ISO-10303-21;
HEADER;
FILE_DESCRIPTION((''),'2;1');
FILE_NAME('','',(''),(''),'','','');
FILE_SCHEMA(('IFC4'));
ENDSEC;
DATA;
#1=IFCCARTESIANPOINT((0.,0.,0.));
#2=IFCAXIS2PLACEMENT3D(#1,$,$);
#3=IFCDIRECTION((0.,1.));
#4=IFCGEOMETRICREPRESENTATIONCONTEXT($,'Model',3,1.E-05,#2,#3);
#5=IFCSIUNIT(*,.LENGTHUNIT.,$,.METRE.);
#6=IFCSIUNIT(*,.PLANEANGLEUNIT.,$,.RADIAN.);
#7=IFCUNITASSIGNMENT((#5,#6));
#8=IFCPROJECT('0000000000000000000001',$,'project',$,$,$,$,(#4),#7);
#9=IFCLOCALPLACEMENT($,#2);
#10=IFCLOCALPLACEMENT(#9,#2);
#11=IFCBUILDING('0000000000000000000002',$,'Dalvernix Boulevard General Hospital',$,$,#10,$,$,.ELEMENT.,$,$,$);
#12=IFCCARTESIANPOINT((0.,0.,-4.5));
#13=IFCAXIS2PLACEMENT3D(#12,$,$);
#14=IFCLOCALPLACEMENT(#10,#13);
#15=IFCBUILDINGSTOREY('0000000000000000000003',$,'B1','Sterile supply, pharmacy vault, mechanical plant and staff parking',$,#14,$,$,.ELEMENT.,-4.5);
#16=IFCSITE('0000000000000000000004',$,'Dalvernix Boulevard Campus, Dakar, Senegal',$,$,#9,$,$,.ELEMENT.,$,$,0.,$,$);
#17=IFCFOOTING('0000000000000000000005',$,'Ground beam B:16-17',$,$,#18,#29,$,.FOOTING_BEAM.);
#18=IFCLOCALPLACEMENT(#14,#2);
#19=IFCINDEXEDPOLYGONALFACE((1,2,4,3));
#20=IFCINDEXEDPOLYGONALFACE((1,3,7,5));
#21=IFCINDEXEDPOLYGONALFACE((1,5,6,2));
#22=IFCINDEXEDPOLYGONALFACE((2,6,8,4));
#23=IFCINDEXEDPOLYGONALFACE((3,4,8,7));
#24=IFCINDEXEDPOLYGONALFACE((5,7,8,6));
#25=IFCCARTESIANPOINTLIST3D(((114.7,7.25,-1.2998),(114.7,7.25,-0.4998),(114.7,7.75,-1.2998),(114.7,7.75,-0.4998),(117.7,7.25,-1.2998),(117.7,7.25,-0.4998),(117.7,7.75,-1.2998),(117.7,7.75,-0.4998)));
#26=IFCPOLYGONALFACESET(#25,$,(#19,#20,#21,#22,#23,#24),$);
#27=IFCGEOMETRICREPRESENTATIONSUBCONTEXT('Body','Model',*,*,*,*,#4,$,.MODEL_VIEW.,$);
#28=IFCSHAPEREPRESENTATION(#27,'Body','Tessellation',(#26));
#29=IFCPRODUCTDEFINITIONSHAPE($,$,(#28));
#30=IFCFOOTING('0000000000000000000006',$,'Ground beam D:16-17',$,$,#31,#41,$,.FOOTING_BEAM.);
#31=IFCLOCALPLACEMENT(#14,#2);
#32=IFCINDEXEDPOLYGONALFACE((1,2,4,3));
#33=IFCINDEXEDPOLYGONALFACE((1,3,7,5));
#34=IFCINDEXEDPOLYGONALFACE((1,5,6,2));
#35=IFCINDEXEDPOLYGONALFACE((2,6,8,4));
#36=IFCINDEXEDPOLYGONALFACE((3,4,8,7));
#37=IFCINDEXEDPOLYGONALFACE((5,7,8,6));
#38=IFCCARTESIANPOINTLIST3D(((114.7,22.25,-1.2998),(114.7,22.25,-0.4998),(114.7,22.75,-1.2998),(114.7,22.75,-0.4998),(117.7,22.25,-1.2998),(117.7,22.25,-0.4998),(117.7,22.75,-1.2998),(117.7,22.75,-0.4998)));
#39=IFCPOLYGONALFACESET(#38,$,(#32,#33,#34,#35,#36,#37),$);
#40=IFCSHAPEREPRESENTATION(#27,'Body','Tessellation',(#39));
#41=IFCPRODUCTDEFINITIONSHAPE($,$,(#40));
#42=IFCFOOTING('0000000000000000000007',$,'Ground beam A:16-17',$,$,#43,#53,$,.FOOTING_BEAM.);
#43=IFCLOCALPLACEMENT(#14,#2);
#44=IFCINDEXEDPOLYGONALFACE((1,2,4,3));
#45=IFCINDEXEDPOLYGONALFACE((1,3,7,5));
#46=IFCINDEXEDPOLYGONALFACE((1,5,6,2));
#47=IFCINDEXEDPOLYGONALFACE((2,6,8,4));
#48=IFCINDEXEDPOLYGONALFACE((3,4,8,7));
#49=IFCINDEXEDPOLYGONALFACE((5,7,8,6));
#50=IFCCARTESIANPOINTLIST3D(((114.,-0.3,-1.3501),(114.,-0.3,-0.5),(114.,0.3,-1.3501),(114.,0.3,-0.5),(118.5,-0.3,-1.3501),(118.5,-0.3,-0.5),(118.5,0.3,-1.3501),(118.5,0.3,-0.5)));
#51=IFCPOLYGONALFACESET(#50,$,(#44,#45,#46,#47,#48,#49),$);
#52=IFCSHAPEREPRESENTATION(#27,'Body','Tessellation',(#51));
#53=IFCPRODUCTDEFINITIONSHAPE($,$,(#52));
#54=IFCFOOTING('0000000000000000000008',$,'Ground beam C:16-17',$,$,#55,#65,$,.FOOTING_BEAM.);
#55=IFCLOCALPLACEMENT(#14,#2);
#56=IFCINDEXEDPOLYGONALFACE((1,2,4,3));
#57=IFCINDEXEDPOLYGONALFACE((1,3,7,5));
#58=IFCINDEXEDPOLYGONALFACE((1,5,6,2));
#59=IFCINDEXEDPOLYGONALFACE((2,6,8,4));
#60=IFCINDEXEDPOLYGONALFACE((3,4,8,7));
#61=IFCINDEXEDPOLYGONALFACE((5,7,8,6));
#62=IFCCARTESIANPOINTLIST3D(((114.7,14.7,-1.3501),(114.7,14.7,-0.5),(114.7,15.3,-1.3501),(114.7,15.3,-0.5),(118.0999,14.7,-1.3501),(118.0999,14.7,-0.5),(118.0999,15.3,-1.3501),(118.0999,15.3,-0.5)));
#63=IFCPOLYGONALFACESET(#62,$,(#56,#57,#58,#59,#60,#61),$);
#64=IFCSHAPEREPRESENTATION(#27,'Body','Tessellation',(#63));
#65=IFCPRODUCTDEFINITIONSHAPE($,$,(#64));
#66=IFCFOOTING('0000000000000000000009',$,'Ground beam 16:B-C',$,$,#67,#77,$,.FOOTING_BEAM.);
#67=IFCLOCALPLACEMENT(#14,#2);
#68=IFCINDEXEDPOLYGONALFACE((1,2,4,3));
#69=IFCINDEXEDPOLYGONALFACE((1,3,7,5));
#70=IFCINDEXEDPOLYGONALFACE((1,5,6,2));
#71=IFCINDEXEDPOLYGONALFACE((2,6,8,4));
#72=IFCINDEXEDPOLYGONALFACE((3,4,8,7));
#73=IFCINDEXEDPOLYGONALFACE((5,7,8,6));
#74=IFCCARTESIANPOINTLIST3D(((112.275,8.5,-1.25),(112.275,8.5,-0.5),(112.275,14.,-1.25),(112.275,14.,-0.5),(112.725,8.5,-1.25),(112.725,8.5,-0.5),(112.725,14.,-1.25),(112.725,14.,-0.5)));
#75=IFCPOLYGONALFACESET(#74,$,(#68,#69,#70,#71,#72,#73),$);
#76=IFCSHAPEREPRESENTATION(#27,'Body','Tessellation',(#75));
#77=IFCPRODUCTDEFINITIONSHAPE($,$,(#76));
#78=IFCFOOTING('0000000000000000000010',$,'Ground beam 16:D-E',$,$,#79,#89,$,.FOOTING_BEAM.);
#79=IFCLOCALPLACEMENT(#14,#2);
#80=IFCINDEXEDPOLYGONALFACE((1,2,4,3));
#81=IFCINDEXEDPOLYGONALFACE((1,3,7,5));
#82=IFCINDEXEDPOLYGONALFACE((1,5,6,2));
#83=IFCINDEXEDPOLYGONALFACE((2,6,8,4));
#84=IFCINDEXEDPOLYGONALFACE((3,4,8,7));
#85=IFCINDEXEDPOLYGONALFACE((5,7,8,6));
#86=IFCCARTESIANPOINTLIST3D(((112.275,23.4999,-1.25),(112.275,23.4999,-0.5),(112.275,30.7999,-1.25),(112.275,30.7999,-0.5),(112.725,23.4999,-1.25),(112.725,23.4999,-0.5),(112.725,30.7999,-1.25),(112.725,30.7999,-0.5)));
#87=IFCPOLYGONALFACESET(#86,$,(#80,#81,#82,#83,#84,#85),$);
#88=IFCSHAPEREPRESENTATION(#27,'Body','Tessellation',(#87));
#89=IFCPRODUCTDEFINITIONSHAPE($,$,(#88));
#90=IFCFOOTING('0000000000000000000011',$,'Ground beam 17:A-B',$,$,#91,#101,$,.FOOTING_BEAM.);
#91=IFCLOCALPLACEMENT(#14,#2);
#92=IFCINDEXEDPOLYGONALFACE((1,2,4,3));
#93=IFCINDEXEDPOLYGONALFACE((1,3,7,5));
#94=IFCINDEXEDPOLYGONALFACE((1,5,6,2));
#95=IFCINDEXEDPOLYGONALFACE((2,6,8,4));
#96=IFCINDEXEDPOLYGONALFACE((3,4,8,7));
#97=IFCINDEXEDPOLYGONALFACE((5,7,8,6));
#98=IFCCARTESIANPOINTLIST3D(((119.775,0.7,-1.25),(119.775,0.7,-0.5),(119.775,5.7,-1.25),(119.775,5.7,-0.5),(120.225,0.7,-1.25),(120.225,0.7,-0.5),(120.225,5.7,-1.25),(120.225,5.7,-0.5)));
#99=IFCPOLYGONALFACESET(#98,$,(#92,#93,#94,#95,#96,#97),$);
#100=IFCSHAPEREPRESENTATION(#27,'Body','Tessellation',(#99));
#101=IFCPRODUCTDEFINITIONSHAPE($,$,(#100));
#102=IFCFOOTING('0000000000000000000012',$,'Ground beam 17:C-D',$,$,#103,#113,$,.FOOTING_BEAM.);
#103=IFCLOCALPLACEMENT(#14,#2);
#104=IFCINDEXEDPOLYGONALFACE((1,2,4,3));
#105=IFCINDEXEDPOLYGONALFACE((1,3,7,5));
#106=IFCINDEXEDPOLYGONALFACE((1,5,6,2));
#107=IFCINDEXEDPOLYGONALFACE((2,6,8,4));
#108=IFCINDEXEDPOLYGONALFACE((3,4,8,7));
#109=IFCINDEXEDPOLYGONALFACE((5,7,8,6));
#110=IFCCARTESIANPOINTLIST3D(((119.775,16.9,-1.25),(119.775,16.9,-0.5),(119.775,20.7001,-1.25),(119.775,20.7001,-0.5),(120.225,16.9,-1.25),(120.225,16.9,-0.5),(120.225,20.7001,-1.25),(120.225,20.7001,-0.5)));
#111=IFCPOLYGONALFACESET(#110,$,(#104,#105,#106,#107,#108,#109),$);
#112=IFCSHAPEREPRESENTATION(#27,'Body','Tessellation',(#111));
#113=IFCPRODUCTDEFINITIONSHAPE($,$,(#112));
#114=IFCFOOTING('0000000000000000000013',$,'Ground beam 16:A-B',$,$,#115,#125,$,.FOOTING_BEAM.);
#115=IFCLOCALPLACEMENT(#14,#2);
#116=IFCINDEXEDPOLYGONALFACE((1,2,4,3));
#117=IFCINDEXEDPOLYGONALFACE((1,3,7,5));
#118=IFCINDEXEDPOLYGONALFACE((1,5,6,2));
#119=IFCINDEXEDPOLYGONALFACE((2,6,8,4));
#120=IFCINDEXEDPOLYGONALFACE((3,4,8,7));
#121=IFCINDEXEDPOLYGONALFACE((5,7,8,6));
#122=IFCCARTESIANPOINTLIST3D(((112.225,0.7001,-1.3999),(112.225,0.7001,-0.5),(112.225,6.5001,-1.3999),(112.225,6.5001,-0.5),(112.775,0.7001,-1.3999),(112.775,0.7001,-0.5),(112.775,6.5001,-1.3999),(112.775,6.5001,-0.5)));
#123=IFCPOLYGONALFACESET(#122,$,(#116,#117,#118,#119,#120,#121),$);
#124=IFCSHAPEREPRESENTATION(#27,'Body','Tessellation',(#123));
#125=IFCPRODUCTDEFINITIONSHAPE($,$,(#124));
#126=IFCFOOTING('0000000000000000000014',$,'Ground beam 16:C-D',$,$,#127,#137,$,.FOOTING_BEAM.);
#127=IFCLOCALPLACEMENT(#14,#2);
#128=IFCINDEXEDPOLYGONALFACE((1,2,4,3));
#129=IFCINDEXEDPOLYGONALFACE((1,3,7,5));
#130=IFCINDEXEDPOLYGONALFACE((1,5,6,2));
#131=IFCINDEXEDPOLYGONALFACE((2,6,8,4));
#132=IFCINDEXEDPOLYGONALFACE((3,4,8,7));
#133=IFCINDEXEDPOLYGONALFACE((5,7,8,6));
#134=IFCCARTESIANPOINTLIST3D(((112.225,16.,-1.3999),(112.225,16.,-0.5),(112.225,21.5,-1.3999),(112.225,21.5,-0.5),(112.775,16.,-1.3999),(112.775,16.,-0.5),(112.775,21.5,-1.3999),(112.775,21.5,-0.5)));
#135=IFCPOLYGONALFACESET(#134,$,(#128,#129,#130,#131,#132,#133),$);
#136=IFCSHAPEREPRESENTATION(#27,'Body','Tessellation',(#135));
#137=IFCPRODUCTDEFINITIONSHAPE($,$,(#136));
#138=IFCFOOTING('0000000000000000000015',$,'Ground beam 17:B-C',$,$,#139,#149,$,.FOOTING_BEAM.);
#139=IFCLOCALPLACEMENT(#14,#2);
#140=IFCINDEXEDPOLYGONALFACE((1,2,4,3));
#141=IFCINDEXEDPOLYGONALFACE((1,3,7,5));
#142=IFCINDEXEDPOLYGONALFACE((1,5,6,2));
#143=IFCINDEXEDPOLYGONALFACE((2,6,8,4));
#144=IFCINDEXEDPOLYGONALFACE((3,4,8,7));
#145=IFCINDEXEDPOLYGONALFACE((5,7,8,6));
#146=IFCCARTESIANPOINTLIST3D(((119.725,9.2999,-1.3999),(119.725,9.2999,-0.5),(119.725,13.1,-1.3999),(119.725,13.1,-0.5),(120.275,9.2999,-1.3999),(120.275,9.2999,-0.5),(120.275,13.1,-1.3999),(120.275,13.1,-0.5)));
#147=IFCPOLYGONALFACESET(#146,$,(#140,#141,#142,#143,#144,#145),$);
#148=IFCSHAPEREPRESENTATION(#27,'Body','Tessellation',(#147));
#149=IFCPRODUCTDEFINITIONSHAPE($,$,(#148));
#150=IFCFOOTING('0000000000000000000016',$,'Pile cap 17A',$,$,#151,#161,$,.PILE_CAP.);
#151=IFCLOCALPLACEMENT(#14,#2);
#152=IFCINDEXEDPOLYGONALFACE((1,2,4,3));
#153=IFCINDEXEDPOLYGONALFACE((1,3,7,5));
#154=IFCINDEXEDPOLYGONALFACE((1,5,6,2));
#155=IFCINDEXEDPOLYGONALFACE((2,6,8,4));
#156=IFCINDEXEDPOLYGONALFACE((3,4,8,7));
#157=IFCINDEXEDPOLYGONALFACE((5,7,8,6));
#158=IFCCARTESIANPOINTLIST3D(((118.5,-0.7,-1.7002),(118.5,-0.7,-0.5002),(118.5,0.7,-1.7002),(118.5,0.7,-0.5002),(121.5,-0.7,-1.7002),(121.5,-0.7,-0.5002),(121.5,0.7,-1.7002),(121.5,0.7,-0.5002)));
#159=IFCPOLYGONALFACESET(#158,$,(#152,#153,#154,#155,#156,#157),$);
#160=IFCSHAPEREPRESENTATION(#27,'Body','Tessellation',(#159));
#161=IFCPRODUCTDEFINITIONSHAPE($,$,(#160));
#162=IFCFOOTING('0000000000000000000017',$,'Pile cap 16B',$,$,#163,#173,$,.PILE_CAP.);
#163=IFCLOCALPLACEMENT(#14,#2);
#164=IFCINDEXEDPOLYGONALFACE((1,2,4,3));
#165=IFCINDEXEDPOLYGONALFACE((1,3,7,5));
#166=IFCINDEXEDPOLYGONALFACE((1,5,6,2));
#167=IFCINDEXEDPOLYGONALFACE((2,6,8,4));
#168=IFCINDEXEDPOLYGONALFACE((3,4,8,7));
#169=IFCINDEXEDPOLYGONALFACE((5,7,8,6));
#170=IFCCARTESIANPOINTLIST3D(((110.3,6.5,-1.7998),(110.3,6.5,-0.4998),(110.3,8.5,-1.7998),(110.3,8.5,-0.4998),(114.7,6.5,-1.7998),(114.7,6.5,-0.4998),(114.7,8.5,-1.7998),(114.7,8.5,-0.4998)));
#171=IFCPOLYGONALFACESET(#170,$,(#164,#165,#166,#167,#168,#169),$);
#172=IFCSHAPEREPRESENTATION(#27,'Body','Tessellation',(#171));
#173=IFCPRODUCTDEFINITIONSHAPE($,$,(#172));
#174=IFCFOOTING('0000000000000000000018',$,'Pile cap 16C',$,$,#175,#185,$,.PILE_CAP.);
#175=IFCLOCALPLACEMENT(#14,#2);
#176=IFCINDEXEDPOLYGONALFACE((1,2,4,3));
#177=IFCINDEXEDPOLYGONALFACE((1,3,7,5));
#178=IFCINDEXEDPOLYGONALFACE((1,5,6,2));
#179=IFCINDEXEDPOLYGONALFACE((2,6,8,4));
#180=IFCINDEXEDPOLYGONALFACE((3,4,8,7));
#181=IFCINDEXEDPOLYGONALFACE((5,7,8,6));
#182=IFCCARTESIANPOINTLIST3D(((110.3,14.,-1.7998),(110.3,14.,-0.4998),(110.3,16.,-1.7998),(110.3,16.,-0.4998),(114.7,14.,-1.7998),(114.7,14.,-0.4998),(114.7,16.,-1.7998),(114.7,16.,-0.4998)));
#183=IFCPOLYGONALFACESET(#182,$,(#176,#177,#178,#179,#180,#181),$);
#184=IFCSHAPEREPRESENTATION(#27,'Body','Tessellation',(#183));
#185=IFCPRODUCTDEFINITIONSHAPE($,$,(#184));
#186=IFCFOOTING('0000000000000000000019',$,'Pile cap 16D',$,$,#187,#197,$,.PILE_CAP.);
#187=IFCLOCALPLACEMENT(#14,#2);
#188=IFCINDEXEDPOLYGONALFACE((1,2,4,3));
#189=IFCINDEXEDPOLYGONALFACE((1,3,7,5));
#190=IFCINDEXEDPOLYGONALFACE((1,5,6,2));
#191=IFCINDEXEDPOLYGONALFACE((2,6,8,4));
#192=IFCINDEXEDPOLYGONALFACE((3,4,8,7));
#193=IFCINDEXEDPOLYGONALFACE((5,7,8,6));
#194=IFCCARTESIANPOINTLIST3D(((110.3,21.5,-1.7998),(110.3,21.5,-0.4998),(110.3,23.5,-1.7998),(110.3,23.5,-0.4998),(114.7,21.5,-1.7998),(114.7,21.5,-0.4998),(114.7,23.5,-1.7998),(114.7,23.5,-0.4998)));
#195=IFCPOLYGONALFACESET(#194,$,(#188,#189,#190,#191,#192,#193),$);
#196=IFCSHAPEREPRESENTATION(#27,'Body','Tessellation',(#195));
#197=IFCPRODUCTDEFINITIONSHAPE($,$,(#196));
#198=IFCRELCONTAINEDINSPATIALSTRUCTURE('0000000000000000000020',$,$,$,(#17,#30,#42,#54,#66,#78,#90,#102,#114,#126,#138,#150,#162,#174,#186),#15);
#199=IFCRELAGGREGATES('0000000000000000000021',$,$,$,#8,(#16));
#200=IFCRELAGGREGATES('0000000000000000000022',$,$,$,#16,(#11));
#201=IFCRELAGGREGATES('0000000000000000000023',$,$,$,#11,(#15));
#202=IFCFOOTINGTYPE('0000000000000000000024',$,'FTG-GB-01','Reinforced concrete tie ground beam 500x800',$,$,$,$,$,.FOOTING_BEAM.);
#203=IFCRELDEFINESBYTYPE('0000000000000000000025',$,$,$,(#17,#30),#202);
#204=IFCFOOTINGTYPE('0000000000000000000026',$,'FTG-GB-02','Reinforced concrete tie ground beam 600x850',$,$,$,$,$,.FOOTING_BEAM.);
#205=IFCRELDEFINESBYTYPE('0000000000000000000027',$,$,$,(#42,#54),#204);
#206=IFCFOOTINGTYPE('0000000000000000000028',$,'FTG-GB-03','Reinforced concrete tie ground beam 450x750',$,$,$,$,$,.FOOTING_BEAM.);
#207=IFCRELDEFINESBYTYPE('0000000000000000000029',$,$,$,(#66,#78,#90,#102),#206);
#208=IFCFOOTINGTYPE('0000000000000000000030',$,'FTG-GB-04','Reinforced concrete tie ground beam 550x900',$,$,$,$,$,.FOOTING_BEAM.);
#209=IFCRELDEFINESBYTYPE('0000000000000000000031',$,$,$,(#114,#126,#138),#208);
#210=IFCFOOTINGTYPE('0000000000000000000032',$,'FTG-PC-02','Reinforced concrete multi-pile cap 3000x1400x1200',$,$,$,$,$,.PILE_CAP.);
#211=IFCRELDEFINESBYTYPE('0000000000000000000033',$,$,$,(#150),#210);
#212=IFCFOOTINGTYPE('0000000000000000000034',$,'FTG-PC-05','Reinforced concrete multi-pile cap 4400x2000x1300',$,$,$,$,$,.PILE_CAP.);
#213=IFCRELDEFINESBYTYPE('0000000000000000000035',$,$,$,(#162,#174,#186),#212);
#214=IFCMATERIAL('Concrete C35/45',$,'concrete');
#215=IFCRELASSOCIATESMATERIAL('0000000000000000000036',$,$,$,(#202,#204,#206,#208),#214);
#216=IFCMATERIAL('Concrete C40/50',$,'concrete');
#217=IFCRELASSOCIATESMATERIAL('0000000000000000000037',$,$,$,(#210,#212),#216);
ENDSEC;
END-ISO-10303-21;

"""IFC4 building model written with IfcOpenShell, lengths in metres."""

from ifc_helpers import new_model, si_unit, direction, frame, origin, origin_2d, place, context, subcontext, project, spatial, rectangle, extrude, material, type_object, element, save


model = new_model("IFC4")

# Units and contexts
model_context = context("Model", 3, precision=1e-05, world=origin(), true_north=direction((0.0, 1.0)))
body_context = subcontext(model_context, "Body", "Model", "MODEL_VIEW")
ifc_project = project(units=[si_unit("LENGTHUNIT", "METRE"), si_unit("PLANEANGLEUNIT", "RADIAN")], contexts=[model_context])

# Site, building, storey
site_placement = place(None, origin())
site = spatial("IfcSite", under=ifc_project, at=site_placement, Name="Dalvernix Boulevard Campus, Dakar, Senegal", CompositionType="ELEMENT", RefElevation=0.0)
building_placement = place(site_placement, origin())
building = spatial("IfcBuilding", under=site, at=building_placement, Name="Dalvernix Boulevard General Hospital", CompositionType="ELEMENT")
storey_placement = place(building_placement, frame((0.0, 0.0, -4.5)))
storey = spatial("IfcBuildingStorey", under=building, at=storey_placement, Name="B1", Description="Sterile supply, pharmacy vault, mechanical plant and staff parking", CompositionType="ELEMENT", Elevation=-4.5)

# Footings
ifc_material_1 = material(Name="Concrete C35/45", Category="concrete")
footing_type_1 = type_object("IfcFootingType", Name="FTG-GB-01", Description="Reinforced concrete tie ground beam 500x800", PredefinedType="FOOTING_BEAM", material=ifc_material_1)
for number, where, z_axis, x_axis, name in (
    (1, (116.2, 7.5, -1.2998), (0.0, 0.0, 1.0), (1.0, 0.0, 0.0), "Ground beam B:16-17"),
    (2, (116.2, 22.5, -1.2998), (0.0, 0.0, 1.0), (1.0, 0.0, 0.0), "Ground beam D:16-17"),
):
    element("IfcFooting", number, at=place(storey_placement, frame(where, z_axis=z_axis, x_axis=x_axis)), inside=storey, type_object=footing_type_1, Name=name, PredefinedType="FOOTING_BEAM", context=body_context, shape_type="SweptSolid", body=[
        extrude(rectangle(XDim=3.0, YDim=0.5, at=origin_2d()), origin(), (0.0, 0.0, 1.0), 0.8),
    ])
footing_type_2 = type_object("IfcFootingType", Name="FTG-GB-02", Description="Reinforced concrete tie ground beam 600x850", PredefinedType="FOOTING_BEAM", material=ifc_material_1)
footing_1_placement = place(storey_placement, frame((116.25, 0.0, -1.3501), z_axis=(0.0, 0.0, 1.0), x_axis=(1.0, 0.0, 0.0)))
element("IfcFooting", 3, at=footing_1_placement, inside=storey, type_object=footing_type_2, Name="Ground beam A:16-17", PredefinedType="FOOTING_BEAM", context=body_context, shape_type="SweptSolid", body=[
    extrude(rectangle(XDim=4.5, YDim=0.6001, at=origin_2d()), origin(), (0.0, 0.0, 1.0), 0.8501),
])
footing_2_placement = place(storey_placement, frame((116.3999, 15.0, -1.3501), z_axis=(0.0, 0.0, 1.0), x_axis=(1.0, 0.0, 0.0)))
element("IfcFooting", 4, at=footing_2_placement, inside=storey, type_object=footing_type_2, Name="Ground beam C:16-17", PredefinedType="FOOTING_BEAM", context=body_context, shape_type="SweptSolid", body=[
    extrude(rectangle(XDim=3.3999, YDim=0.6001, at=origin_2d()), origin(), (0.0, 0.0, 1.0), 0.8501),
])
footing_type_3 = type_object("IfcFootingType", Name="FTG-GB-03", Description="Reinforced concrete tie ground beam 450x750", PredefinedType="FOOTING_BEAM", material=ifc_material_1)
footing_3_placement = place(storey_placement, frame((112.5, 11.25, -1.25), z_axis=(0.0, 0.0, 1.0), x_axis=(0.0, 1.0, 0.0)))
element("IfcFooting", 5, at=footing_3_placement, inside=storey, type_object=footing_type_3, Name="Ground beam 16:B-C", PredefinedType="FOOTING_BEAM", context=body_context, shape_type="SweptSolid", body=[
    extrude(rectangle(XDim=5.5, YDim=0.45, at=origin_2d()), origin(), (0.0, 0.0, 1.0), 0.75),
])
footing_4_placement = place(storey_placement, frame((112.5, 27.1499, -1.25), z_axis=(0.0, 0.0, 1.0), x_axis=(0.0, 1.0, 0.0)))
element("IfcFooting", 6, at=footing_4_placement, inside=storey, type_object=footing_type_3, Name="Ground beam 16:D-E", PredefinedType="FOOTING_BEAM", context=body_context, shape_type="SweptSolid", body=[
    extrude(rectangle(XDim=7.3, YDim=0.45, at=origin_2d()), origin(), (0.0, 0.0, 1.0), 0.75),
])
footing_5_placement = place(storey_placement, frame((120.0, 3.2, -1.25), z_axis=(0.0, 0.0, 1.0), x_axis=(0.0, 1.0, 0.0)))
element("IfcFooting", 7, at=footing_5_placement, inside=storey, type_object=footing_type_3, Name="Ground beam 17:A-B", PredefinedType="FOOTING_BEAM", context=body_context, shape_type="SweptSolid", body=[
    extrude(rectangle(XDim=5.0, YDim=0.45, at=origin_2d()), origin(), (0.0, 0.0, 1.0), 0.75),
])
footing_6_placement = place(storey_placement, frame((120.0, 18.8, -1.25), z_axis=(0.0, 0.0, 1.0), x_axis=(0.0, 1.0, 0.0)))
element("IfcFooting", 8, at=footing_6_placement, inside=storey, type_object=footing_type_3, Name="Ground beam 17:C-D", PredefinedType="FOOTING_BEAM", context=body_context, shape_type="SweptSolid", body=[
    extrude(rectangle(XDim=3.8, YDim=0.45, at=origin_2d()), origin(), (0.0, 0.0, 1.0), 0.75),
])
footing_type_4 = type_object("IfcFootingType", Name="FTG-GB-04", Description="Reinforced concrete tie ground beam 550x900", PredefinedType="FOOTING_BEAM", material=ifc_material_1)
footing_7_placement = place(storey_placement, frame((112.5, 3.6001, -1.3999), z_axis=(0.0, 0.0, 1.0), x_axis=(0.0, 1.0, 0.0)))
element("IfcFooting", 9, at=footing_7_placement, inside=storey, type_object=footing_type_4, Name="Ground beam 16:A-B", PredefinedType="FOOTING_BEAM", context=body_context, shape_type="SweptSolid", body=[
    extrude(rectangle(XDim=5.8, YDim=0.55, at=origin_2d()), origin(), (0.0, 0.0, 1.0), 0.8999),
])
footing_8_placement = place(storey_placement, frame((112.5, 18.75, -1.3999), z_axis=(0.0, 0.0, 1.0), x_axis=(0.0, 1.0, 0.0)))
element("IfcFooting", 10, at=footing_8_placement, inside=storey, type_object=footing_type_4, Name="Ground beam 16:C-D", PredefinedType="FOOTING_BEAM", context=body_context, shape_type="SweptSolid", body=[
    extrude(rectangle(XDim=5.5, YDim=0.55, at=origin_2d()), origin(), (0.0, 0.0, 1.0), 0.8999),
])
footing_9_placement = place(storey_placement, frame((120.0, 11.2, -1.3999), z_axis=(0.0, 0.0, 1.0), x_axis=(0.0, 1.0, 0.0)))
element("IfcFooting", 11, at=footing_9_placement, inside=storey, type_object=footing_type_4, Name="Ground beam 17:B-C", PredefinedType="FOOTING_BEAM", context=body_context, shape_type="SweptSolid", body=[
    extrude(rectangle(XDim=3.8, YDim=0.55, at=origin_2d()), origin(), (0.0, 0.0, 1.0), 0.8999),
])
ifc_material_2 = material(Name="Concrete C40/50", Category="concrete")
footing_type_5 = type_object("IfcFootingType", Name="FTG-PC-02", Description="Reinforced concrete multi-pile cap 3000x1400x1200", PredefinedType="PILE_CAP", material=ifc_material_2)
footing_10_placement = place(storey_placement, frame((120.0, 0.0, -1.7002), z_axis=(0.0, 0.0, 1.0), x_axis=(1.0, 0.0, 0.0)))
element("IfcFooting", 12, at=footing_10_placement, inside=storey, type_object=footing_type_5, Name="Pile cap 17A", PredefinedType="PILE_CAP", context=body_context, shape_type="SweptSolid", body=[
    extrude(rectangle(XDim=3.0, YDim=1.3999, at=origin_2d()), origin(), (0.0, 0.0, 1.0), 1.2),
])
footing_type_6 = type_object("IfcFootingType", Name="FTG-PC-05", Description="Reinforced concrete multi-pile cap 4400x2000x1300", PredefinedType="PILE_CAP", material=ifc_material_2)
for number, where, z_axis, x_axis, name in (
    (13, (112.5, 7.5, -1.7998), (0.0, 0.0, 1.0), (1.0, 0.0, 0.0), "Pile cap 16B"),
    (14, (112.5, 15.0, -1.7998), (0.0, 0.0, 1.0), (1.0, 0.0, 0.0), "Pile cap 16C"),
    (15, (112.5, 22.5, -1.7998), (0.0, 0.0, 1.0), (1.0, 0.0, 0.0), "Pile cap 16D"),
):
    element("IfcFooting", number, at=place(storey_placement, frame(where, z_axis=z_axis, x_axis=x_axis)), inside=storey, type_object=footing_type_6, Name=name, PredefinedType="PILE_CAP", context=body_context, shape_type="SweptSolid", body=[
        extrude(rectangle(XDim=4.3999, YDim=2.0, at=origin_2d()), origin(), (0.0, 0.0, 1.0), 1.3),
    ])

save(model, "model.ifc")
